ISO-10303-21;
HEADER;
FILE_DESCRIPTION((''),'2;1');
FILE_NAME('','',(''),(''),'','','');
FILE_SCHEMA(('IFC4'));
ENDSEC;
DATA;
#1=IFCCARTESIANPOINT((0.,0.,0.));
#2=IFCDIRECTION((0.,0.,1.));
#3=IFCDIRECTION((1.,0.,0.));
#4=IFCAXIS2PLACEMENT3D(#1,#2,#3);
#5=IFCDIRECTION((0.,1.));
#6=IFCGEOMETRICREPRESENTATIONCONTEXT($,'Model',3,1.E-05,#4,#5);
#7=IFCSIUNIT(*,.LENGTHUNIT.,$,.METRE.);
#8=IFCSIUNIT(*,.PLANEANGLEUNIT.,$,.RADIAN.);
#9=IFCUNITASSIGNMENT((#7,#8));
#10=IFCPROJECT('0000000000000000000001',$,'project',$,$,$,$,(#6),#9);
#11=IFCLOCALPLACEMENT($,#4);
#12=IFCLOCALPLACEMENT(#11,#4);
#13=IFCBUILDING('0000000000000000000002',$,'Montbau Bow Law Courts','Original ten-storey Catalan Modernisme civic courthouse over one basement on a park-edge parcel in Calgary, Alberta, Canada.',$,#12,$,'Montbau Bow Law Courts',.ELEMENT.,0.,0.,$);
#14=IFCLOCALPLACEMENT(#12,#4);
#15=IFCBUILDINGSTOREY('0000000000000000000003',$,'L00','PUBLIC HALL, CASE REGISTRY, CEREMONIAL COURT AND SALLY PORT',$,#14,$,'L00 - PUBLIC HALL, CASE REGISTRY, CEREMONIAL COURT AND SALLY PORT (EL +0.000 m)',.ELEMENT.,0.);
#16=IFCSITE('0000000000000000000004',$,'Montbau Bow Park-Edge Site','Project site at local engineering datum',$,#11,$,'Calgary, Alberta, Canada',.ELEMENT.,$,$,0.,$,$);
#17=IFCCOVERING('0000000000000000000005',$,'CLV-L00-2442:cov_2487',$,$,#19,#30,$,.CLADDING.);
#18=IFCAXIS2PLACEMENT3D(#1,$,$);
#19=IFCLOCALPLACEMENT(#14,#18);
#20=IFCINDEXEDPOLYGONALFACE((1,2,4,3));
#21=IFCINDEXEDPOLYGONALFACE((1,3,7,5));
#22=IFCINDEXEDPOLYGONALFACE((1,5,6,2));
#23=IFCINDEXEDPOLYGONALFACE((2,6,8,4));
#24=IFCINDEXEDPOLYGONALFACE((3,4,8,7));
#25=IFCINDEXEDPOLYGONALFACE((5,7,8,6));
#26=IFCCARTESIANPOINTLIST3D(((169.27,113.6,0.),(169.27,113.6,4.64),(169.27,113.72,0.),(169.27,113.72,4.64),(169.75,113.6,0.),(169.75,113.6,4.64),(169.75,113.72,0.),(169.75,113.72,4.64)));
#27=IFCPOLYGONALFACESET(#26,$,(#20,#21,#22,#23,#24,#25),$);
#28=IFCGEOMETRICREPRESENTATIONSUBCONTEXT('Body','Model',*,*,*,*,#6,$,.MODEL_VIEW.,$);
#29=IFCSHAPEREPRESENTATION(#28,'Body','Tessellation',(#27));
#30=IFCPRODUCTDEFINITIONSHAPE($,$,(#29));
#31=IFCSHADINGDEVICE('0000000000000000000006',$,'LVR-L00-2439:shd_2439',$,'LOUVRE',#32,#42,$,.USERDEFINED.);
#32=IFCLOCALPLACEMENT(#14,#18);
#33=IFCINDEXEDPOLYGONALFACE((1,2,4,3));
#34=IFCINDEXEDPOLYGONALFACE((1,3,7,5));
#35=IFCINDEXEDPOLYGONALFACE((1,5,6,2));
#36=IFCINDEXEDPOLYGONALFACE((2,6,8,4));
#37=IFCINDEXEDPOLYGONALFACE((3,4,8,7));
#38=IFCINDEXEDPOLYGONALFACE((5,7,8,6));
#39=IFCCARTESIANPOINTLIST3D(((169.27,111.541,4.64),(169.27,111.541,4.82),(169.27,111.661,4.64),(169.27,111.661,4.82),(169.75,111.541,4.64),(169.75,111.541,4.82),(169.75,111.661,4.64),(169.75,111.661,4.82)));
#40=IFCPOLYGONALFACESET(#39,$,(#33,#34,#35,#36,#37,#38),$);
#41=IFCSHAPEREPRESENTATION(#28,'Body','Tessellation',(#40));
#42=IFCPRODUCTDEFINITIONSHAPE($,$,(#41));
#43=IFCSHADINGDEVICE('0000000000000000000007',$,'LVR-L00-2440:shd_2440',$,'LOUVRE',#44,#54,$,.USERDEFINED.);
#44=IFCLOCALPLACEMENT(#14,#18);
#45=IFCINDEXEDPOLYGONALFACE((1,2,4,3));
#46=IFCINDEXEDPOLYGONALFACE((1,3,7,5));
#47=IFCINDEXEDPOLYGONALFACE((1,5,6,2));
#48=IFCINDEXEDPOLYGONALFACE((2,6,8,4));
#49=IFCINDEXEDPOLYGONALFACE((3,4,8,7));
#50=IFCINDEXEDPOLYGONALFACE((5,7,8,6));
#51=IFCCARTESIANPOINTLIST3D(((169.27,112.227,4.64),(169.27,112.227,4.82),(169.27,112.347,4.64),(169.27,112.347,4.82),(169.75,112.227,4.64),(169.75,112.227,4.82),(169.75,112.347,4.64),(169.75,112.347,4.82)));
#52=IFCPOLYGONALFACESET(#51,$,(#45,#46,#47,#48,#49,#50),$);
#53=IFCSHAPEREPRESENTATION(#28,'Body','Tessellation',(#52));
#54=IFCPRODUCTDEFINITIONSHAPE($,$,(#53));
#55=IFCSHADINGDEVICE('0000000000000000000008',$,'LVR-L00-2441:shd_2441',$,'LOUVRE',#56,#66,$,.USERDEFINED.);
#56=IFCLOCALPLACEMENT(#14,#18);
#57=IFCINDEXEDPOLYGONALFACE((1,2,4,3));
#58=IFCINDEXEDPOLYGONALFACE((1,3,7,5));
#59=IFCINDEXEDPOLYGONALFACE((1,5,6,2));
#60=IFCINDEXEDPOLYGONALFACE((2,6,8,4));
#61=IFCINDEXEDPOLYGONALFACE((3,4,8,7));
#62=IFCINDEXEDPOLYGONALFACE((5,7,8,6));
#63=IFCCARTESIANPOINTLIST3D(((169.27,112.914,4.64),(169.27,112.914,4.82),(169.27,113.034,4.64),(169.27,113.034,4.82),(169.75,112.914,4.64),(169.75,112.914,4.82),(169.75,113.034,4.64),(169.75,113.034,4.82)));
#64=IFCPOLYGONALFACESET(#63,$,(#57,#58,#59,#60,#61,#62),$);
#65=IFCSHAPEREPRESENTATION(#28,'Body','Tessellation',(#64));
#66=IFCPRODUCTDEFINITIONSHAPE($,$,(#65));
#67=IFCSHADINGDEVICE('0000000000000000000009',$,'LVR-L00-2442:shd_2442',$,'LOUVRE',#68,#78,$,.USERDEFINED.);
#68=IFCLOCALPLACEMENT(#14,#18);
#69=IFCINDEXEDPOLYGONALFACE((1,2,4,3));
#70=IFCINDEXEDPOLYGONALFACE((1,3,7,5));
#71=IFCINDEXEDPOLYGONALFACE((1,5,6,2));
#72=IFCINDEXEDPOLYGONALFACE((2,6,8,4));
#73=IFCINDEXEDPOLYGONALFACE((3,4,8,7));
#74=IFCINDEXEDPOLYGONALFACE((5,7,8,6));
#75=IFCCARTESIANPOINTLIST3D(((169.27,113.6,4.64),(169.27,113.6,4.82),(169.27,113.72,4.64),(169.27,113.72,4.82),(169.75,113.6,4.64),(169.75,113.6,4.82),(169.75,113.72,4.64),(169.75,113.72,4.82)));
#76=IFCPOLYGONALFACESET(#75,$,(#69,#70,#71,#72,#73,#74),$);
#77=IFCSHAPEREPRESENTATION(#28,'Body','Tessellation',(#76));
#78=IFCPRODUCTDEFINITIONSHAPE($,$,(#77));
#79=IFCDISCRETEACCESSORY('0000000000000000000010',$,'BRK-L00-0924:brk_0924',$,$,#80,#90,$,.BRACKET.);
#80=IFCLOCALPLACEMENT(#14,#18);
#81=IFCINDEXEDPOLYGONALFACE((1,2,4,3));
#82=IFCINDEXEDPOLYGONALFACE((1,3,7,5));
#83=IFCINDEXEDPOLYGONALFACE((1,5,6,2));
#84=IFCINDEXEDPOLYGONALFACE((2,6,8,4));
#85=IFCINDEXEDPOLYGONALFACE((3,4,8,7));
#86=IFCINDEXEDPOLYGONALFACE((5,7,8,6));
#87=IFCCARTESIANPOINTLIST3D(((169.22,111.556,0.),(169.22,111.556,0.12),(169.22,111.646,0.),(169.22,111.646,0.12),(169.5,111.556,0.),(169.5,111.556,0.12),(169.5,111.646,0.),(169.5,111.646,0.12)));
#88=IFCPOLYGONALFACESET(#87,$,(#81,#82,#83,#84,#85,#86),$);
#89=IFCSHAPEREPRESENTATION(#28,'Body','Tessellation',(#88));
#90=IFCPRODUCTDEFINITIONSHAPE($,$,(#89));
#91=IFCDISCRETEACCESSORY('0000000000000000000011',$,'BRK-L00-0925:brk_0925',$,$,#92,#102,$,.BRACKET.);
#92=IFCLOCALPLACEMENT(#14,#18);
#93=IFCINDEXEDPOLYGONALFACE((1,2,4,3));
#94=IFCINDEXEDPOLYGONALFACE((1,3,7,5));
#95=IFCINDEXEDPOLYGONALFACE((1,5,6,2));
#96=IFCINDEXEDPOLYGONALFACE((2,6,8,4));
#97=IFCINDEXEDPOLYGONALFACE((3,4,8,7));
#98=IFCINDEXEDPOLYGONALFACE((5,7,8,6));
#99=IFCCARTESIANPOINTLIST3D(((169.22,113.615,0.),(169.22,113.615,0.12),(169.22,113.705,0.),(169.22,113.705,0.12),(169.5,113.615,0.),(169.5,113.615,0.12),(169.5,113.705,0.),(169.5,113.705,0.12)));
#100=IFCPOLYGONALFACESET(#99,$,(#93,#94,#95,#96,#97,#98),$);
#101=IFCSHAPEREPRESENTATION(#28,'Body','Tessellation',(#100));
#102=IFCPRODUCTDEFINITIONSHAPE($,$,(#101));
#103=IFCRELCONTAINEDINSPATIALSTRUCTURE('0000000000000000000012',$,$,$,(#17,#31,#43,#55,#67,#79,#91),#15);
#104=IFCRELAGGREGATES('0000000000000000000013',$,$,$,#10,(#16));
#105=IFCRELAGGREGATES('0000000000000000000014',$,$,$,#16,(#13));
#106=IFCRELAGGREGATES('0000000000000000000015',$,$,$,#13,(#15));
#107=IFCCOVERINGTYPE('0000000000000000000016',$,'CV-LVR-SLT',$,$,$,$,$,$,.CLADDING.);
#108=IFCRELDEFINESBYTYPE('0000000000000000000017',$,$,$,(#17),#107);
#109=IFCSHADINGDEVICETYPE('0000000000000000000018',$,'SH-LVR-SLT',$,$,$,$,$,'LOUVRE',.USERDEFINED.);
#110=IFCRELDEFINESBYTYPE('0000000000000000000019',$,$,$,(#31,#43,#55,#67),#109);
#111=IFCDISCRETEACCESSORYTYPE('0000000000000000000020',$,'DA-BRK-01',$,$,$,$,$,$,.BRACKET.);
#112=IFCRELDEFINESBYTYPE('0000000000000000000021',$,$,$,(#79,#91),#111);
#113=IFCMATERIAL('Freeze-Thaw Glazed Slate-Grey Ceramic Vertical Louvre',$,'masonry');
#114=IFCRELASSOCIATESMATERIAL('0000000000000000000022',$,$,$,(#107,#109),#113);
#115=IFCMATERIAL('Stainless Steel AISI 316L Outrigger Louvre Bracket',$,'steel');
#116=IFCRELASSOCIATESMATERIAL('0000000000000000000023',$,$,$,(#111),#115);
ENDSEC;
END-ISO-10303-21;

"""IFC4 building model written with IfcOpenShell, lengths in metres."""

from ifc_helpers import new_model, si_unit, direction, frame, frame_2d, origin_with_axes, origin_2d_with_axis, place, context, subcontext, project, spatial, rectangle, extrude, material, type_object, element, save


model = new_model("IFC4")

# Units and contexts
model_context = context("Model", 3, precision=1e-05, world=origin_with_axes(), true_north=direction((0.0, 1.0)))
body_context = subcontext(model_context, "Body", "Model", "MODEL_VIEW")
ifc_project = project(units=[si_unit("LENGTHUNIT", "METRE"), si_unit("PLANEANGLEUNIT", "RADIAN")], contexts=[model_context])

# Site, building, storey
site_placement = place(None, origin_with_axes())
site = spatial("IfcSite", under=ifc_project, at=site_placement, Name="Montbau Bow Park-Edge Site", Description="Project site at local engineering datum", LongName="Calgary, Alberta, Canada", CompositionType="ELEMENT", RefElevation=0.0)
building_placement = place(site_placement, origin_with_axes())
building = spatial("IfcBuilding", under=site, at=building_placement, Name="Montbau Bow Law Courts", Description="Original ten-storey Catalan Modernisme civic courthouse over one basement on a park-edge parcel in Calgary, Alberta, Canada.", LongName="Montbau Bow Law Courts", CompositionType="ELEMENT", ElevationOfRefHeight=0.0, ElevationOfTerrain=0.0)
storey_placement = place(building_placement, origin_with_axes())
storey = spatial("IfcBuildingStorey", under=building, at=storey_placement, Name="L00", Description="PUBLIC HALL, CASE REGISTRY, CEREMONIAL COURT AND SALLY PORT", LongName="L00 - PUBLIC HALL, CASE REGISTRY, CEREMONIAL COURT AND SALLY PORT (EL +0.000 m)", CompositionType="ELEMENT", Elevation=0.0)

# Covering
ifc_material_1 = material(Name="Freeze-Thaw Glazed Slate-Grey Ceramic Vertical Louvre", Category="masonry")
covering_type = type_object("IfcCoveringType", Name="CV-LVR-SLT", PredefinedType="CLADDING", material=ifc_material_1)
for number, where, z_axis, x_axis, name in (
    (1, (169.27, 113.66, 0.0), (0.0, -1.0, 0.0), (1.0, 0.0, 0.0), "CLV-L00-2442:cov_2487"),
):
    element("IfcCovering", number, at=place(None, frame(where, z_axis=z_axis, x_axis=x_axis)), inside=storey, type_object=covering_type, Name=name, PredefinedType="CLADDING", context=body_context, shape_type="SweptSolid", body=[
        extrude(rectangle(XDim=0.48, YDim=4.64, at=frame_2d((0.24, 2.32), x_axis=(1.0, 0.0))), frame((0.0, 0.0, -0.06), z_axis=(0.0, 0.0, 1.0), x_axis=(1.0, 0.0, 0.0)), (0.0, 0.0, 1.0), 0.12),
    ])

# Shading devices
shading_device_type = type_object("IfcShadingDeviceType", Name="SH-LVR-SLT", ElementType="LOUVRE", PredefinedType="USERDEFINED", material=ifc_material_1)
for number, where, z_axis, x_axis, name in (
    (2, (169.51, 111.601, 4.64), (0.0, 0.0, 1.0), (1.0, 0.0, 0.0), "LVR-L00-2439:shd_2439"),
    (3, (169.51, 112.287, 4.64), (0.0, 0.0, 1.0), (1.0, 0.0, 0.0), "LVR-L00-2440:shd_2440"),
    (4, (169.51, 112.974, 4.64), (0.0, 0.0, 1.0), (1.0, 0.0, 0.0), "LVR-L00-2441:shd_2441"),
    (5, (169.51, 113.66, 4.64), (0.0, 0.0, 1.0), (1.0, 0.0, 0.0), "LVR-L00-2442:shd_2442"),
):
    element("IfcShadingDevice", number, at=place(None, frame(where, z_axis=z_axis, x_axis=x_axis)), inside=storey, type_object=shading_device_type, Name=name, ObjectType="LOUVRE", PredefinedType="USERDEFINED", context=body_context, shape_type="SweptSolid", body=[
        extrude(rectangle(XDim=0.48, YDim=0.12, at=origin_2d_with_axis()), origin_with_axes(), (0.0, 0.0, 1.0), 0.18),
    ])

# Discrete accessories
ifc_material_2 = material(Name="Stainless Steel AISI 316L Outrigger Louvre Bracket", Category="steel")
discrete_accessory_type = type_object("IfcDiscreteAccessoryType", Name="DA-BRK-01", PredefinedType="BRACKET", material=ifc_material_2)
for number, where, z_axis, x_axis, name in (
    (6, (169.36, 111.601, 0.0), (0.0, 0.0, 1.0), (1.0, 0.0, 0.0), "BRK-L00-0924:brk_0924"),
    (7, (169.36, 113.66, 0.0), (0.0, 0.0, 1.0), (1.0, 0.0, 0.0), "BRK-L00-0925:brk_0925"),
):
    element("IfcDiscreteAccessory", number, at=place(None, frame(where, z_axis=z_axis, x_axis=x_axis)), inside=storey, type_object=discrete_accessory_type, Name=name, PredefinedType="BRACKET", context=body_context, shape_type="SweptSolid", body=[
        extrude(rectangle(XDim=0.28, YDim=0.09, at=origin_2d_with_axis()), origin_with_axes(), (0.0, 0.0, 1.0), 0.12),
    ])

save(model, "model.ifc")
